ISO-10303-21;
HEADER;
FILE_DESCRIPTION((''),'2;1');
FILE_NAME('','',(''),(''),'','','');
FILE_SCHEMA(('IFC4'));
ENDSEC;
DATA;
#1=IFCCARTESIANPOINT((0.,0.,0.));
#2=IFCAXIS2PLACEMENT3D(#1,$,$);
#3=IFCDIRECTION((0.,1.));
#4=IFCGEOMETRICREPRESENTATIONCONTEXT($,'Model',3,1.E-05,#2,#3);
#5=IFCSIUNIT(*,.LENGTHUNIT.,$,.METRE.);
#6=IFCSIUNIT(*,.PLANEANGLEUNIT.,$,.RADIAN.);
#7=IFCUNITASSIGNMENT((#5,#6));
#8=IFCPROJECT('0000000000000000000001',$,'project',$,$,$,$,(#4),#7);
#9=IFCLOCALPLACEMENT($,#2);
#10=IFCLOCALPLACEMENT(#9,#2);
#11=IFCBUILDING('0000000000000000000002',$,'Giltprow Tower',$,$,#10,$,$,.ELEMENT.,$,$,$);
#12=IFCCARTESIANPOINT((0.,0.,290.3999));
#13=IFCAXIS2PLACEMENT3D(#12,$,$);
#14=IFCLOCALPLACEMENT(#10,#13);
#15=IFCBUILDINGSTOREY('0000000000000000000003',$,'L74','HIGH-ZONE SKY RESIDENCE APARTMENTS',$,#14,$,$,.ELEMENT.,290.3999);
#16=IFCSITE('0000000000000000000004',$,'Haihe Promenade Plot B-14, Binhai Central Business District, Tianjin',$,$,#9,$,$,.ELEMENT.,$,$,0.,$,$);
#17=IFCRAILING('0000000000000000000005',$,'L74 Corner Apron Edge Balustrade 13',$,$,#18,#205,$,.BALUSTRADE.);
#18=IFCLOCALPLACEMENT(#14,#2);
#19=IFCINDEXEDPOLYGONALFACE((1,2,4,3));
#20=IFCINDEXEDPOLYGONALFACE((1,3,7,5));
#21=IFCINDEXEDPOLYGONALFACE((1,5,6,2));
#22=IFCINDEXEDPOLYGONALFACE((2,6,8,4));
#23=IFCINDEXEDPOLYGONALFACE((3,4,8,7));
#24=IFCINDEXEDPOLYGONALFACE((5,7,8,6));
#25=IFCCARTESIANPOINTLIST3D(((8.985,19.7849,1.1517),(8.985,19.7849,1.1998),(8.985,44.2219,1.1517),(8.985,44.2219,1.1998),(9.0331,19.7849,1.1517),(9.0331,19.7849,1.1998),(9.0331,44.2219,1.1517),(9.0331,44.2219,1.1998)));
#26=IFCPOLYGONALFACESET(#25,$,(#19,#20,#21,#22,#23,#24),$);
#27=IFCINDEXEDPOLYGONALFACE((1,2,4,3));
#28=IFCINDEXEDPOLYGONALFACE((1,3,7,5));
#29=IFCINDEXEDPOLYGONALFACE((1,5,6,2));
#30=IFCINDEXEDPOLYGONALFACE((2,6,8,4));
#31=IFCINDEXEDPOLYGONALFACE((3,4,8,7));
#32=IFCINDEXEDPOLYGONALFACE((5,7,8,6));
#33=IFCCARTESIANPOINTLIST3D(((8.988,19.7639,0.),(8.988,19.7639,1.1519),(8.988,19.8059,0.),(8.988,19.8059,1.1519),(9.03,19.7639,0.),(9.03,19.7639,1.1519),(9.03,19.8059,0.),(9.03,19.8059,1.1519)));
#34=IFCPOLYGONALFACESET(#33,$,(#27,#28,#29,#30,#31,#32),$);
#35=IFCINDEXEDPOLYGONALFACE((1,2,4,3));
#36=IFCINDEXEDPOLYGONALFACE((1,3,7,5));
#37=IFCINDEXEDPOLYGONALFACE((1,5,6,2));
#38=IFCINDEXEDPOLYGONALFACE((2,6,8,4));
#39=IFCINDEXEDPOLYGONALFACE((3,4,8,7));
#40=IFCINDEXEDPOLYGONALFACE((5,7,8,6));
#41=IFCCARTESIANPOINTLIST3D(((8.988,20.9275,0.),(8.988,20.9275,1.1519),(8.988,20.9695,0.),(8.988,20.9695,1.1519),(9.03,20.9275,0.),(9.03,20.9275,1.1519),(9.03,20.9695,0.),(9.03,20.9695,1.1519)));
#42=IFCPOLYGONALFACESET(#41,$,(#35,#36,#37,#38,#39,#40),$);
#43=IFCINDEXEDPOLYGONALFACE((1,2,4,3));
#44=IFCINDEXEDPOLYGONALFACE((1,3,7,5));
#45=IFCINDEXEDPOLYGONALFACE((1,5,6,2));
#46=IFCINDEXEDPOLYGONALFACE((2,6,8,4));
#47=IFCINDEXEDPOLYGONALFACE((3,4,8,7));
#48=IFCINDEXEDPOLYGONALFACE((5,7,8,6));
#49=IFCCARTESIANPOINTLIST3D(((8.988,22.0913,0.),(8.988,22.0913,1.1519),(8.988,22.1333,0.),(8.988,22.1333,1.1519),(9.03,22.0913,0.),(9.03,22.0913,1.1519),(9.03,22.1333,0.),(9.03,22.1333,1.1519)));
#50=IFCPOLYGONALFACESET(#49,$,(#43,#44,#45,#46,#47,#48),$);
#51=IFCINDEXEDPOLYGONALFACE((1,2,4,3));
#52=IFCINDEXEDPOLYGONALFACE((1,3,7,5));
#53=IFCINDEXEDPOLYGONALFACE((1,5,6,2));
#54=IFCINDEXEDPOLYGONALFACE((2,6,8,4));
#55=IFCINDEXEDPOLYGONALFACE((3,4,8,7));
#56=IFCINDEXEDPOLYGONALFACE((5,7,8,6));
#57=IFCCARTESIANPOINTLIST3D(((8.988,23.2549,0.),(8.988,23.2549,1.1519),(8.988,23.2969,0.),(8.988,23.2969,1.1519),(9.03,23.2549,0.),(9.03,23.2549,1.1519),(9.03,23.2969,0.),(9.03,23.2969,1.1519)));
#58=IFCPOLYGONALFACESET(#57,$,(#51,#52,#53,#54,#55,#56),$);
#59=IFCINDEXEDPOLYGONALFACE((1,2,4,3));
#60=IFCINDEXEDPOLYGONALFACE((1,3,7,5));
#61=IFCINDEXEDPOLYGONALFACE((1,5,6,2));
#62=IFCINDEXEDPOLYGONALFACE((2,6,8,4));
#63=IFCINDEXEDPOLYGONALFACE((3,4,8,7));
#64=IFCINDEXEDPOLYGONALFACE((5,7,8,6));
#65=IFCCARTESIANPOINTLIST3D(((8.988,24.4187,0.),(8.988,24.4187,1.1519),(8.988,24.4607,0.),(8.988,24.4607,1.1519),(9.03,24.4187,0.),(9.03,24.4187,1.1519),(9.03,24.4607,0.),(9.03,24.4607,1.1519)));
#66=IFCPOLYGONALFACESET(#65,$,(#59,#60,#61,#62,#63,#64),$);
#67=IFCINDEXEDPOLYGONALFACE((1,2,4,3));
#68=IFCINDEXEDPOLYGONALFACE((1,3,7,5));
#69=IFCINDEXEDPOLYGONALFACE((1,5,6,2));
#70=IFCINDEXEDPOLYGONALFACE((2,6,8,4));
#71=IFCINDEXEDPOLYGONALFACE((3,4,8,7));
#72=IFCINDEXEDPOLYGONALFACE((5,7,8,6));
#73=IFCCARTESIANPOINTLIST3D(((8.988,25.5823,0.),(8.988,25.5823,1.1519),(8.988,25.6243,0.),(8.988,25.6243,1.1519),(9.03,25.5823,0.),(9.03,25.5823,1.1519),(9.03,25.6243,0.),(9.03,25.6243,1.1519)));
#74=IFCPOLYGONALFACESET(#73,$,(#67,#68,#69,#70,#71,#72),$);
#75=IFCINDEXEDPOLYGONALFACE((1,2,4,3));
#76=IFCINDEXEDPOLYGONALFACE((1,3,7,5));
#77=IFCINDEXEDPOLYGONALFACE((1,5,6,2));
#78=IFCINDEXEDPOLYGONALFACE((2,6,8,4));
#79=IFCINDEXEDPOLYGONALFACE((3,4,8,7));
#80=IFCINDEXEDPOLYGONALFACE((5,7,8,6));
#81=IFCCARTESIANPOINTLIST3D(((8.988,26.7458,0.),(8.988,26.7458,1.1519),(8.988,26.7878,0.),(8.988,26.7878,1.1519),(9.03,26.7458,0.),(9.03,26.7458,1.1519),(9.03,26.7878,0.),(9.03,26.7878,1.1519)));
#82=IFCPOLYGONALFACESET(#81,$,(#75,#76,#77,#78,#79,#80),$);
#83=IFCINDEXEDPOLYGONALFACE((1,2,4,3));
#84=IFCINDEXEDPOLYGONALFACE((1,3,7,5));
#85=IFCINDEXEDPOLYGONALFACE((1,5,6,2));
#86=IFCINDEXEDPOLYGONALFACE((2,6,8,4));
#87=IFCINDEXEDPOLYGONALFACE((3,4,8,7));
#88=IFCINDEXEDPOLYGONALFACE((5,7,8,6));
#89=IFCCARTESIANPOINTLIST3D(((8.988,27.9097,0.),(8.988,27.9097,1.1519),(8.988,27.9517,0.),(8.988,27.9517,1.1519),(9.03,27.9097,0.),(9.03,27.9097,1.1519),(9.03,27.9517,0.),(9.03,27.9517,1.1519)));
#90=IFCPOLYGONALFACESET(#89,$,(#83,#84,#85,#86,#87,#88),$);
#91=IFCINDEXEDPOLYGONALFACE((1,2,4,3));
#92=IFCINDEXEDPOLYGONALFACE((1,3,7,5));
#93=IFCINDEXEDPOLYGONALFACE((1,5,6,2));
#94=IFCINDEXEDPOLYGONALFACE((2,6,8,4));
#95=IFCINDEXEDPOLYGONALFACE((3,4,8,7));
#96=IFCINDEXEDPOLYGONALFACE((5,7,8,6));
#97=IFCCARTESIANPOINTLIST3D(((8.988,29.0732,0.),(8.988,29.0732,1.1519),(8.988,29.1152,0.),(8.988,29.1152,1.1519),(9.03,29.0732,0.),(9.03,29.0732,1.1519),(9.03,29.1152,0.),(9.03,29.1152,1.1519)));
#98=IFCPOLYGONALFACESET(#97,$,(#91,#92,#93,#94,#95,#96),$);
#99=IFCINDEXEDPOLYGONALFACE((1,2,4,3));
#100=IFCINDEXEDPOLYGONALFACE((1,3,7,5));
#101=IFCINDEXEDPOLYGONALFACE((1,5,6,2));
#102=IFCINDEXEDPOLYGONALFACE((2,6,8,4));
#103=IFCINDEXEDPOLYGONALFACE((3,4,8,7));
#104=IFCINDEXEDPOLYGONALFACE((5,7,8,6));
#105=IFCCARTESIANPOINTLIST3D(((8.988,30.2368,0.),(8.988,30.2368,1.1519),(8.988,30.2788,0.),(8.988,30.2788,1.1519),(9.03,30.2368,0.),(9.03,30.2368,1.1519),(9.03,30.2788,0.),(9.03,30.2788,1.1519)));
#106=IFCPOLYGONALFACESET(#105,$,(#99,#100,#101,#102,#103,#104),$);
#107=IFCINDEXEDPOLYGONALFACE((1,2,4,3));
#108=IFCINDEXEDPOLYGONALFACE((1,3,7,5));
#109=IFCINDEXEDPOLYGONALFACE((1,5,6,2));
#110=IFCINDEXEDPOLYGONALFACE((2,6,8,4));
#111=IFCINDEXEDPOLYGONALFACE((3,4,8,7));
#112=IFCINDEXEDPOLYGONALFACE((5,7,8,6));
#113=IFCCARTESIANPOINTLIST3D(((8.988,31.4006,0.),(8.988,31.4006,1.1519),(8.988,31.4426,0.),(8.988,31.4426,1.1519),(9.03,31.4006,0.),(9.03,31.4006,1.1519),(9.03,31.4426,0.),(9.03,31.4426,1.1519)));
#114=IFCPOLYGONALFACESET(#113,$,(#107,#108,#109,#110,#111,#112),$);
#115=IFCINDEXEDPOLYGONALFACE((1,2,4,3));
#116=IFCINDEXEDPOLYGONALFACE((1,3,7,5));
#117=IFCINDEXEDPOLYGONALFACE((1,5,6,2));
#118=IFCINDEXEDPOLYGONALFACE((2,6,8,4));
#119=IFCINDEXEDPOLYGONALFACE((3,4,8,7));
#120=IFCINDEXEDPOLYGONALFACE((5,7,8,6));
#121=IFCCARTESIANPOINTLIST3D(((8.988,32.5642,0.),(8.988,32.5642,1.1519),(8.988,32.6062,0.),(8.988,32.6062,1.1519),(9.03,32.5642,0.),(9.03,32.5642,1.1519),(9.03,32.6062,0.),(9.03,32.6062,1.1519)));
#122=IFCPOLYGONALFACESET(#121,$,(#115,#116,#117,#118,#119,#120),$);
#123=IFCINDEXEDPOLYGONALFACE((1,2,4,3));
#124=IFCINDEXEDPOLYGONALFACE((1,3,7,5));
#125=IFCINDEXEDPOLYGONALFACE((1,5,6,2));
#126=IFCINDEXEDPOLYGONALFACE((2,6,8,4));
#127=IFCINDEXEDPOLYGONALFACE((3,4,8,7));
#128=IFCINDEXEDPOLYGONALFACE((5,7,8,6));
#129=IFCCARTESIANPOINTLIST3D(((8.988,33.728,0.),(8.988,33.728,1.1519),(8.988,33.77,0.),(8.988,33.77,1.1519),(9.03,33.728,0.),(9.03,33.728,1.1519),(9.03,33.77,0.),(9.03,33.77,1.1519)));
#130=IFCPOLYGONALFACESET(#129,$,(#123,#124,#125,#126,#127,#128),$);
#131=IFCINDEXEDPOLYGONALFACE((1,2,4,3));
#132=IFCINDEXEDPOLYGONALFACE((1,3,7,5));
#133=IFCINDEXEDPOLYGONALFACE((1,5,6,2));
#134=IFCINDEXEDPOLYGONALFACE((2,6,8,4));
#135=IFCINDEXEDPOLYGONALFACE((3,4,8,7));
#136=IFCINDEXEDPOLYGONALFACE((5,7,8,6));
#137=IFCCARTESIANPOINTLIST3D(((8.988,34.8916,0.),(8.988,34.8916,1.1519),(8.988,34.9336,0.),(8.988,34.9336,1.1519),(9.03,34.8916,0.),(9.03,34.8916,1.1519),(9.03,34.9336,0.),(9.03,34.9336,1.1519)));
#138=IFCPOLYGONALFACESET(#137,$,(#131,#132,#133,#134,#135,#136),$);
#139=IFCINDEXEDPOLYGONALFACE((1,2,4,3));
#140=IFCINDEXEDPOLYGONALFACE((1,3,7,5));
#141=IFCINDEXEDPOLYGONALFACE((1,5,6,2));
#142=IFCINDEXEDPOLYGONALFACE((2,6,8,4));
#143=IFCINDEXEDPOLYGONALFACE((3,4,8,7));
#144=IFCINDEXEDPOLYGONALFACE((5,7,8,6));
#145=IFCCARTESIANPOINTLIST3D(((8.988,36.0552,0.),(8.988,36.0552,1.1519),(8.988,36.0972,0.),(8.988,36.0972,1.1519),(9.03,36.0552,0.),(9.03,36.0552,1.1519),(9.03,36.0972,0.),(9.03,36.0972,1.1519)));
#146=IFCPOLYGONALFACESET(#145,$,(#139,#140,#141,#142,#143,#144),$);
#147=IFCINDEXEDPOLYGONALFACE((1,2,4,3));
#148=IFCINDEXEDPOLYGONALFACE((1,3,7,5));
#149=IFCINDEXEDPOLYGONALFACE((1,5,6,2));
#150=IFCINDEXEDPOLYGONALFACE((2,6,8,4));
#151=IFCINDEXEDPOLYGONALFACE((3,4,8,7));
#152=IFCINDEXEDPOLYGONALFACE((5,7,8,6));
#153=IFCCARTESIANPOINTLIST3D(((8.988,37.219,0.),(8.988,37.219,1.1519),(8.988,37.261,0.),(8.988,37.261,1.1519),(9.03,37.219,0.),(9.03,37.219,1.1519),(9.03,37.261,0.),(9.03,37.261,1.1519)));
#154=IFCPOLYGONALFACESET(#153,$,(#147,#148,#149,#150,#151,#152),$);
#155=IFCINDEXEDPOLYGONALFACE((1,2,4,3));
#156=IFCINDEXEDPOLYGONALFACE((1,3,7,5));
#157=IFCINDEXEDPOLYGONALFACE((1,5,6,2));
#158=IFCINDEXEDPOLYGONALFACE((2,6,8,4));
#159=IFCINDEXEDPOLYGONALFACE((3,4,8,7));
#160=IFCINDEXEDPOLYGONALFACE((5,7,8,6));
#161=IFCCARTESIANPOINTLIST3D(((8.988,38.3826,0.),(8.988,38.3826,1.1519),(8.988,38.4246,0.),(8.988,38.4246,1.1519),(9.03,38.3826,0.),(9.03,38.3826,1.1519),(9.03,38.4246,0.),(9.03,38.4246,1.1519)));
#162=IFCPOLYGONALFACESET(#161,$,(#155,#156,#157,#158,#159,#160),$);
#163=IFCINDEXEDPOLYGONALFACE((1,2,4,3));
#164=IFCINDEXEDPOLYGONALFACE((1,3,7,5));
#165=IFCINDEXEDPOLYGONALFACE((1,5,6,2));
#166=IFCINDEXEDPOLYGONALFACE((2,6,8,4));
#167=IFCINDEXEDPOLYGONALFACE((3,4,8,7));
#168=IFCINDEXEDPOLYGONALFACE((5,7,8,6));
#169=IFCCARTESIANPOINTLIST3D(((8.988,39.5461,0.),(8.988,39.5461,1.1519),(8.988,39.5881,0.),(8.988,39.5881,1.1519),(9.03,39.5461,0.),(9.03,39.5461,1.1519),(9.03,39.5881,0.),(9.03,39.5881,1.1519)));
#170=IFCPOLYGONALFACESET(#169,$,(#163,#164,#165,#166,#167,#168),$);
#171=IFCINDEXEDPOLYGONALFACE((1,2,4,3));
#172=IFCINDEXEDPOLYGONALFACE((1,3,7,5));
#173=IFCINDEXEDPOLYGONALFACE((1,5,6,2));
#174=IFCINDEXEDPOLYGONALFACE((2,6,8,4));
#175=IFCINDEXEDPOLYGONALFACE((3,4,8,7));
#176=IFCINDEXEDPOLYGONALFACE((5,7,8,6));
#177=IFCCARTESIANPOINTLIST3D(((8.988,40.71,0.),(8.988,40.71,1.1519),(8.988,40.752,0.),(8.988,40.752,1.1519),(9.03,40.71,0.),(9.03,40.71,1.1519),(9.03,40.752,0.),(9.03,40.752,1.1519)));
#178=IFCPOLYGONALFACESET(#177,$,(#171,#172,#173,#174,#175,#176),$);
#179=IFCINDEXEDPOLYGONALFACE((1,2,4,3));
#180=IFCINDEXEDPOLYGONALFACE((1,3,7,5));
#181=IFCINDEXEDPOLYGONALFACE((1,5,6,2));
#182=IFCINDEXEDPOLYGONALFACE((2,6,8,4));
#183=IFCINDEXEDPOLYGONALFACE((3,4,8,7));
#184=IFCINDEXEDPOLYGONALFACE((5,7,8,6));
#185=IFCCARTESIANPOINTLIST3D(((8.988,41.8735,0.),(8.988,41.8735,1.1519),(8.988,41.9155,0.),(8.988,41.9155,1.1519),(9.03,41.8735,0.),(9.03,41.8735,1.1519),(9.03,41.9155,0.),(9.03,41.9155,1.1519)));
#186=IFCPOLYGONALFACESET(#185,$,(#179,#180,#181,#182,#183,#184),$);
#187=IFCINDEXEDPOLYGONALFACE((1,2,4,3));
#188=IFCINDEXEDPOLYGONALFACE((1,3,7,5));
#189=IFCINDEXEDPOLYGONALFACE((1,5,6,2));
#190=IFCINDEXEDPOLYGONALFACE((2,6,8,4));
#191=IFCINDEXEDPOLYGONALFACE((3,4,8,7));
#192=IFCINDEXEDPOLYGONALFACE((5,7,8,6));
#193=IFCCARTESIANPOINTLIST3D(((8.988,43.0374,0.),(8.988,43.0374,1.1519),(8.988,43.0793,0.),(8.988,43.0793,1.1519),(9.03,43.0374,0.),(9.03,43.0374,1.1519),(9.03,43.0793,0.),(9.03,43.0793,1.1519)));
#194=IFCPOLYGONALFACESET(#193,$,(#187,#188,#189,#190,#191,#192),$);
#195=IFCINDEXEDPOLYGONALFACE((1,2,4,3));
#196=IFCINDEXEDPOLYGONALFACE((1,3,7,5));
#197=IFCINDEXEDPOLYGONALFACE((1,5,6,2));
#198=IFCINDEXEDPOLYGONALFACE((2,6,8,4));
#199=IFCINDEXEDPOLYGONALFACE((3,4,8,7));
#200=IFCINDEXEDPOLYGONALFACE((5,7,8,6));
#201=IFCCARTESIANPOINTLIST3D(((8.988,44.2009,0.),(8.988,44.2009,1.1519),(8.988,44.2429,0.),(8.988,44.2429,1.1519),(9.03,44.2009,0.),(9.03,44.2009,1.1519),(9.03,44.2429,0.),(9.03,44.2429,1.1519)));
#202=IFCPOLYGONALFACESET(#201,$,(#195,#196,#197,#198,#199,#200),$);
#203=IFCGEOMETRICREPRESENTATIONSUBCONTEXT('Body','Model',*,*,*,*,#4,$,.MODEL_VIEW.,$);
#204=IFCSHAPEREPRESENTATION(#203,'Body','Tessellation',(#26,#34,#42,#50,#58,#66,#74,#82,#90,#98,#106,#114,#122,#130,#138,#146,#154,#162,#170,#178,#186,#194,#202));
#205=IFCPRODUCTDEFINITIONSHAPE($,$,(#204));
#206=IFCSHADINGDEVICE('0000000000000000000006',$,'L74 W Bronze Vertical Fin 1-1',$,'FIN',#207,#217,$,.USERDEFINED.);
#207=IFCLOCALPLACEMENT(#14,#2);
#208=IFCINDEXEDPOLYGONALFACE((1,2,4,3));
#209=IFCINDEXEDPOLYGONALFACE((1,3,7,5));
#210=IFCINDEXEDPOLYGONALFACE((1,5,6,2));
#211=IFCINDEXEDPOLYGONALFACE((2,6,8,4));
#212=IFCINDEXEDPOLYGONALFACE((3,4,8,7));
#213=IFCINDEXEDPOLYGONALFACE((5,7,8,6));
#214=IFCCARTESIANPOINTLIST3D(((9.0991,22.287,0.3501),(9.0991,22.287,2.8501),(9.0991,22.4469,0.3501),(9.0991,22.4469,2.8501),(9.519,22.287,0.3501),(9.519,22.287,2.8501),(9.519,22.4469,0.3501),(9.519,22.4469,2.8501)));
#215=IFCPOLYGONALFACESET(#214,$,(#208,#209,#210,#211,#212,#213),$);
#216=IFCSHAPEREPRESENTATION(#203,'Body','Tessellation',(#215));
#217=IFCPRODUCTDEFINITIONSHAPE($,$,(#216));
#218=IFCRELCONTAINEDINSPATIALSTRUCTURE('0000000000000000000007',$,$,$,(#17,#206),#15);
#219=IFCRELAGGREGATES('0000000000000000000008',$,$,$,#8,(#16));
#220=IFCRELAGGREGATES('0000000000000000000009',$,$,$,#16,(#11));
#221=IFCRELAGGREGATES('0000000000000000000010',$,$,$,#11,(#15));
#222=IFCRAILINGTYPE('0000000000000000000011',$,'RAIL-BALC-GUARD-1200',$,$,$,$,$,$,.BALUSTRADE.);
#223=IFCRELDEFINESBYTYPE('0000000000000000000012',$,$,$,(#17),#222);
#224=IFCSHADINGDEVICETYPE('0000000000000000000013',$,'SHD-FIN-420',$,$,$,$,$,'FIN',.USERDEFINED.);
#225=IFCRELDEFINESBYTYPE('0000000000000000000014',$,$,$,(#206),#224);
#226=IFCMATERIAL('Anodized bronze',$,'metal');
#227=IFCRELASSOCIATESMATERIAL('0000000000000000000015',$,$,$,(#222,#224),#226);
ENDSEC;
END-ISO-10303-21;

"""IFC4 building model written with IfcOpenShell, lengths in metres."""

from ifc_helpers import new_model, si_unit, direction, frame, origin, origin_2d, place, context, subcontext, project, spatial, rectangle, extrude, source, transform, mapped, material, type_object, element, save


model = new_model("IFC4")

# Units and contexts
model_context = context("Model", 3, precision=1e-05, world=origin(), true_north=direction((0.0, 1.0)))
body_context = subcontext(model_context, "Body", "Model", "MODEL_VIEW")
ifc_project = project(units=[si_unit("LENGTHUNIT", "METRE"), si_unit("PLANEANGLEUNIT", "RADIAN")], contexts=[model_context])

# Site, building, storey
site_placement = place(None, origin())
site = spatial("IfcSite", under=ifc_project, at=site_placement, Name="Haihe Promenade Plot B-14, Binhai Central Business District, Tianjin", CompositionType="ELEMENT", RefElevation=0.0)
building_placement = place(site_placement, origin())
building = spatial("IfcBuilding", under=site, at=building_placement, Name="Giltprow Tower", CompositionType="ELEMENT")
storey_placement = place(building_placement, frame((0.0, 0.0, 290.3999)))
storey = spatial("IfcBuildingStorey", under=building, at=storey_placement, Name="L74", Description="HIGH-ZONE SKY RESIDENCE APARTMENTS", CompositionType="ELEMENT", Elevation=290.3999)

# Shared definitions
ifc_material_1 = material(Name="Anodized bronze", Category="metal")

# Railing
railing_type = type_object("IfcRailingType", Name="RAIL-BALC-GUARD-1200", PredefinedType="BALUSTRADE", material=ifc_material_1)
railing_1_placement = place(storey_placement, frame((9.009, 19.7849, 0.0)))
element("IfcRailing", 1, at=railing_1_placement, inside=storey, type_object=railing_type, Name="L74 Corner Apron Edge Balustrade 13", PredefinedType="BALUSTRADE", context=body_context, shape_type="SweptSolid", body=[
    extrude(rectangle(XDim=0.0481, YDim=0.0481, at=origin_2d()), frame((0.0, 0.0, 1.1758), z_axis=(0.0, 1.0, 0.0), x_axis=(-1.0, 0.0, 0.0)), (0.0, 0.0, 1.0), 24.437),
    extrude(rectangle(XDim=0.042, YDim=0.042, at=origin_2d()), origin(), (0.0, 0.0, 1.0), 1.1519),
    extrude(rectangle(XDim=0.042, YDim=0.042, at=origin_2d()), frame((0.0, 1.1636, 0.0)), (0.0, 0.0, 1.0), 1.1519),
    extrude(rectangle(XDim=0.042, YDim=0.042, at=origin_2d()), frame((0.0, 2.3274, 0.0)), (0.0, 0.0, 1.0), 1.1519),
    extrude(rectangle(XDim=0.042, YDim=0.042, at=origin_2d()), frame((0.0, 3.491, 0.0)), (0.0, 0.0, 1.0), 1.1519),
    extrude(rectangle(XDim=0.042, YDim=0.042, at=origin_2d()), frame((0.0, 4.6548, 0.0)), (0.0, 0.0, 1.0), 1.1519),
    extrude(rectangle(XDim=0.042, YDim=0.042, at=origin_2d()), frame((0.0, 5.8184, 0.0)), (0.0, 0.0, 1.0), 1.1519),
    extrude(rectangle(XDim=0.042, YDim=0.042, at=origin_2d()), frame((0.0, 6.9819, 0.0)), (0.0, 0.0, 1.0), 1.1519),
    extrude(rectangle(XDim=0.042, YDim=0.042, at=origin_2d()), frame((0.0, 8.1458, 0.0)), (0.0, 0.0, 1.0), 1.1519),
    extrude(rectangle(XDim=0.042, YDim=0.042, at=origin_2d()), frame((0.0, 9.3093, 0.0)), (0.0, 0.0, 1.0), 1.1519),
    extrude(rectangle(XDim=0.042, YDim=0.042, at=origin_2d()), frame((0.0, 10.4729, 0.0)), (0.0, 0.0, 1.0), 1.1519),
    extrude(rectangle(XDim=0.042, YDim=0.042, at=origin_2d()), frame((0.0, 11.6367, 0.0)), (0.0, 0.0, 1.0), 1.1519),
    extrude(rectangle(XDim=0.042, YDim=0.042, at=origin_2d()), frame((0.0, 12.8003, 0.0)), (0.0, 0.0, 1.0), 1.1519),
    extrude(rectangle(XDim=0.042, YDim=0.042, at=origin_2d()), frame((0.0, 13.9641, 0.0)), (0.0, 0.0, 1.0), 1.1519),
    extrude(rectangle(XDim=0.042, YDim=0.042, at=origin_2d()), frame((0.0, 15.1277, 0.0)), (0.0, 0.0, 1.0), 1.1519),
    extrude(rectangle(XDim=0.042, YDim=0.042, at=origin_2d()), frame((0.0, 16.2913, 0.0)), (0.0, 0.0, 1.0), 1.1519),
    extrude(rectangle(XDim=0.042, YDim=0.042, at=origin_2d()), frame((0.0, 17.4551, 0.0)), (0.0, 0.0, 1.0), 1.1519),
    extrude(rectangle(XDim=0.042, YDim=0.042, at=origin_2d()), frame((0.0, 18.6187, 0.0)), (0.0, 0.0, 1.0), 1.1519),
    extrude(rectangle(XDim=0.042, YDim=0.042, at=origin_2d()), frame((0.0, 19.7822, 0.0)), (0.0, 0.0, 1.0), 1.1519),
    extrude(rectangle(XDim=0.042, YDim=0.042, at=origin_2d()), frame((0.0, 20.946, 0.0)), (0.0, 0.0, 1.0), 1.1519),
    extrude(rectangle(XDim=0.042, YDim=0.042, at=origin_2d()), frame((0.0, 22.1096, 0.0)), (0.0, 0.0, 1.0), 1.1519),
    extrude(rectangle(XDim=0.042, YDim=0.042, at=origin_2d()), frame((0.0, 23.2734, 0.0)), (0.0, 0.0, 1.0), 1.1519),
    extrude(rectangle(XDim=0.042, YDim=0.042, at=origin_2d()), frame((0.0, 24.437, 0.0)), (0.0, 0.0, 1.0), 1.1519),
])

# Shading device
shading_device_type = type_object("IfcShadingDeviceType", Name="SHD-FIN-420", ElementType="FIN", PredefinedType="USERDEFINED", material=ifc_material_1)
shared_shape_1 = source(origin(), body_context, "Body", "SweptSolid", [
    extrude(rectangle(XDim=0.4199, YDim=0.1599, at=origin_2d()), origin(), (0.0, 0.0, 1.0), 2.5),
])
shading_device_placement = place(storey_placement, frame((9.3091, 22.3669, 0.3501), z_axis=(0.0, 0.0, 1.0), x_axis=(1.0, 0.0, 0.0)))
element("IfcShadingDevice", 2, at=shading_device_placement, inside=storey, type_object=shading_device_type, Name="L74 W Bronze Vertical Fin 1-1", ObjectType="FIN", PredefinedType="USERDEFINED", context=body_context, shape_type="MappedRepresentation", body=[
    mapped(shared_shape_1, transform((0.0, 0.0, 0.0), x_axis=(1.0, 0.0, 0.0), y_axis=(0.0, 1.0, 0.0), z_axis=(0.0, 0.0, 1.0), scale=1.0)),
])

save(model, "model.ifc")
